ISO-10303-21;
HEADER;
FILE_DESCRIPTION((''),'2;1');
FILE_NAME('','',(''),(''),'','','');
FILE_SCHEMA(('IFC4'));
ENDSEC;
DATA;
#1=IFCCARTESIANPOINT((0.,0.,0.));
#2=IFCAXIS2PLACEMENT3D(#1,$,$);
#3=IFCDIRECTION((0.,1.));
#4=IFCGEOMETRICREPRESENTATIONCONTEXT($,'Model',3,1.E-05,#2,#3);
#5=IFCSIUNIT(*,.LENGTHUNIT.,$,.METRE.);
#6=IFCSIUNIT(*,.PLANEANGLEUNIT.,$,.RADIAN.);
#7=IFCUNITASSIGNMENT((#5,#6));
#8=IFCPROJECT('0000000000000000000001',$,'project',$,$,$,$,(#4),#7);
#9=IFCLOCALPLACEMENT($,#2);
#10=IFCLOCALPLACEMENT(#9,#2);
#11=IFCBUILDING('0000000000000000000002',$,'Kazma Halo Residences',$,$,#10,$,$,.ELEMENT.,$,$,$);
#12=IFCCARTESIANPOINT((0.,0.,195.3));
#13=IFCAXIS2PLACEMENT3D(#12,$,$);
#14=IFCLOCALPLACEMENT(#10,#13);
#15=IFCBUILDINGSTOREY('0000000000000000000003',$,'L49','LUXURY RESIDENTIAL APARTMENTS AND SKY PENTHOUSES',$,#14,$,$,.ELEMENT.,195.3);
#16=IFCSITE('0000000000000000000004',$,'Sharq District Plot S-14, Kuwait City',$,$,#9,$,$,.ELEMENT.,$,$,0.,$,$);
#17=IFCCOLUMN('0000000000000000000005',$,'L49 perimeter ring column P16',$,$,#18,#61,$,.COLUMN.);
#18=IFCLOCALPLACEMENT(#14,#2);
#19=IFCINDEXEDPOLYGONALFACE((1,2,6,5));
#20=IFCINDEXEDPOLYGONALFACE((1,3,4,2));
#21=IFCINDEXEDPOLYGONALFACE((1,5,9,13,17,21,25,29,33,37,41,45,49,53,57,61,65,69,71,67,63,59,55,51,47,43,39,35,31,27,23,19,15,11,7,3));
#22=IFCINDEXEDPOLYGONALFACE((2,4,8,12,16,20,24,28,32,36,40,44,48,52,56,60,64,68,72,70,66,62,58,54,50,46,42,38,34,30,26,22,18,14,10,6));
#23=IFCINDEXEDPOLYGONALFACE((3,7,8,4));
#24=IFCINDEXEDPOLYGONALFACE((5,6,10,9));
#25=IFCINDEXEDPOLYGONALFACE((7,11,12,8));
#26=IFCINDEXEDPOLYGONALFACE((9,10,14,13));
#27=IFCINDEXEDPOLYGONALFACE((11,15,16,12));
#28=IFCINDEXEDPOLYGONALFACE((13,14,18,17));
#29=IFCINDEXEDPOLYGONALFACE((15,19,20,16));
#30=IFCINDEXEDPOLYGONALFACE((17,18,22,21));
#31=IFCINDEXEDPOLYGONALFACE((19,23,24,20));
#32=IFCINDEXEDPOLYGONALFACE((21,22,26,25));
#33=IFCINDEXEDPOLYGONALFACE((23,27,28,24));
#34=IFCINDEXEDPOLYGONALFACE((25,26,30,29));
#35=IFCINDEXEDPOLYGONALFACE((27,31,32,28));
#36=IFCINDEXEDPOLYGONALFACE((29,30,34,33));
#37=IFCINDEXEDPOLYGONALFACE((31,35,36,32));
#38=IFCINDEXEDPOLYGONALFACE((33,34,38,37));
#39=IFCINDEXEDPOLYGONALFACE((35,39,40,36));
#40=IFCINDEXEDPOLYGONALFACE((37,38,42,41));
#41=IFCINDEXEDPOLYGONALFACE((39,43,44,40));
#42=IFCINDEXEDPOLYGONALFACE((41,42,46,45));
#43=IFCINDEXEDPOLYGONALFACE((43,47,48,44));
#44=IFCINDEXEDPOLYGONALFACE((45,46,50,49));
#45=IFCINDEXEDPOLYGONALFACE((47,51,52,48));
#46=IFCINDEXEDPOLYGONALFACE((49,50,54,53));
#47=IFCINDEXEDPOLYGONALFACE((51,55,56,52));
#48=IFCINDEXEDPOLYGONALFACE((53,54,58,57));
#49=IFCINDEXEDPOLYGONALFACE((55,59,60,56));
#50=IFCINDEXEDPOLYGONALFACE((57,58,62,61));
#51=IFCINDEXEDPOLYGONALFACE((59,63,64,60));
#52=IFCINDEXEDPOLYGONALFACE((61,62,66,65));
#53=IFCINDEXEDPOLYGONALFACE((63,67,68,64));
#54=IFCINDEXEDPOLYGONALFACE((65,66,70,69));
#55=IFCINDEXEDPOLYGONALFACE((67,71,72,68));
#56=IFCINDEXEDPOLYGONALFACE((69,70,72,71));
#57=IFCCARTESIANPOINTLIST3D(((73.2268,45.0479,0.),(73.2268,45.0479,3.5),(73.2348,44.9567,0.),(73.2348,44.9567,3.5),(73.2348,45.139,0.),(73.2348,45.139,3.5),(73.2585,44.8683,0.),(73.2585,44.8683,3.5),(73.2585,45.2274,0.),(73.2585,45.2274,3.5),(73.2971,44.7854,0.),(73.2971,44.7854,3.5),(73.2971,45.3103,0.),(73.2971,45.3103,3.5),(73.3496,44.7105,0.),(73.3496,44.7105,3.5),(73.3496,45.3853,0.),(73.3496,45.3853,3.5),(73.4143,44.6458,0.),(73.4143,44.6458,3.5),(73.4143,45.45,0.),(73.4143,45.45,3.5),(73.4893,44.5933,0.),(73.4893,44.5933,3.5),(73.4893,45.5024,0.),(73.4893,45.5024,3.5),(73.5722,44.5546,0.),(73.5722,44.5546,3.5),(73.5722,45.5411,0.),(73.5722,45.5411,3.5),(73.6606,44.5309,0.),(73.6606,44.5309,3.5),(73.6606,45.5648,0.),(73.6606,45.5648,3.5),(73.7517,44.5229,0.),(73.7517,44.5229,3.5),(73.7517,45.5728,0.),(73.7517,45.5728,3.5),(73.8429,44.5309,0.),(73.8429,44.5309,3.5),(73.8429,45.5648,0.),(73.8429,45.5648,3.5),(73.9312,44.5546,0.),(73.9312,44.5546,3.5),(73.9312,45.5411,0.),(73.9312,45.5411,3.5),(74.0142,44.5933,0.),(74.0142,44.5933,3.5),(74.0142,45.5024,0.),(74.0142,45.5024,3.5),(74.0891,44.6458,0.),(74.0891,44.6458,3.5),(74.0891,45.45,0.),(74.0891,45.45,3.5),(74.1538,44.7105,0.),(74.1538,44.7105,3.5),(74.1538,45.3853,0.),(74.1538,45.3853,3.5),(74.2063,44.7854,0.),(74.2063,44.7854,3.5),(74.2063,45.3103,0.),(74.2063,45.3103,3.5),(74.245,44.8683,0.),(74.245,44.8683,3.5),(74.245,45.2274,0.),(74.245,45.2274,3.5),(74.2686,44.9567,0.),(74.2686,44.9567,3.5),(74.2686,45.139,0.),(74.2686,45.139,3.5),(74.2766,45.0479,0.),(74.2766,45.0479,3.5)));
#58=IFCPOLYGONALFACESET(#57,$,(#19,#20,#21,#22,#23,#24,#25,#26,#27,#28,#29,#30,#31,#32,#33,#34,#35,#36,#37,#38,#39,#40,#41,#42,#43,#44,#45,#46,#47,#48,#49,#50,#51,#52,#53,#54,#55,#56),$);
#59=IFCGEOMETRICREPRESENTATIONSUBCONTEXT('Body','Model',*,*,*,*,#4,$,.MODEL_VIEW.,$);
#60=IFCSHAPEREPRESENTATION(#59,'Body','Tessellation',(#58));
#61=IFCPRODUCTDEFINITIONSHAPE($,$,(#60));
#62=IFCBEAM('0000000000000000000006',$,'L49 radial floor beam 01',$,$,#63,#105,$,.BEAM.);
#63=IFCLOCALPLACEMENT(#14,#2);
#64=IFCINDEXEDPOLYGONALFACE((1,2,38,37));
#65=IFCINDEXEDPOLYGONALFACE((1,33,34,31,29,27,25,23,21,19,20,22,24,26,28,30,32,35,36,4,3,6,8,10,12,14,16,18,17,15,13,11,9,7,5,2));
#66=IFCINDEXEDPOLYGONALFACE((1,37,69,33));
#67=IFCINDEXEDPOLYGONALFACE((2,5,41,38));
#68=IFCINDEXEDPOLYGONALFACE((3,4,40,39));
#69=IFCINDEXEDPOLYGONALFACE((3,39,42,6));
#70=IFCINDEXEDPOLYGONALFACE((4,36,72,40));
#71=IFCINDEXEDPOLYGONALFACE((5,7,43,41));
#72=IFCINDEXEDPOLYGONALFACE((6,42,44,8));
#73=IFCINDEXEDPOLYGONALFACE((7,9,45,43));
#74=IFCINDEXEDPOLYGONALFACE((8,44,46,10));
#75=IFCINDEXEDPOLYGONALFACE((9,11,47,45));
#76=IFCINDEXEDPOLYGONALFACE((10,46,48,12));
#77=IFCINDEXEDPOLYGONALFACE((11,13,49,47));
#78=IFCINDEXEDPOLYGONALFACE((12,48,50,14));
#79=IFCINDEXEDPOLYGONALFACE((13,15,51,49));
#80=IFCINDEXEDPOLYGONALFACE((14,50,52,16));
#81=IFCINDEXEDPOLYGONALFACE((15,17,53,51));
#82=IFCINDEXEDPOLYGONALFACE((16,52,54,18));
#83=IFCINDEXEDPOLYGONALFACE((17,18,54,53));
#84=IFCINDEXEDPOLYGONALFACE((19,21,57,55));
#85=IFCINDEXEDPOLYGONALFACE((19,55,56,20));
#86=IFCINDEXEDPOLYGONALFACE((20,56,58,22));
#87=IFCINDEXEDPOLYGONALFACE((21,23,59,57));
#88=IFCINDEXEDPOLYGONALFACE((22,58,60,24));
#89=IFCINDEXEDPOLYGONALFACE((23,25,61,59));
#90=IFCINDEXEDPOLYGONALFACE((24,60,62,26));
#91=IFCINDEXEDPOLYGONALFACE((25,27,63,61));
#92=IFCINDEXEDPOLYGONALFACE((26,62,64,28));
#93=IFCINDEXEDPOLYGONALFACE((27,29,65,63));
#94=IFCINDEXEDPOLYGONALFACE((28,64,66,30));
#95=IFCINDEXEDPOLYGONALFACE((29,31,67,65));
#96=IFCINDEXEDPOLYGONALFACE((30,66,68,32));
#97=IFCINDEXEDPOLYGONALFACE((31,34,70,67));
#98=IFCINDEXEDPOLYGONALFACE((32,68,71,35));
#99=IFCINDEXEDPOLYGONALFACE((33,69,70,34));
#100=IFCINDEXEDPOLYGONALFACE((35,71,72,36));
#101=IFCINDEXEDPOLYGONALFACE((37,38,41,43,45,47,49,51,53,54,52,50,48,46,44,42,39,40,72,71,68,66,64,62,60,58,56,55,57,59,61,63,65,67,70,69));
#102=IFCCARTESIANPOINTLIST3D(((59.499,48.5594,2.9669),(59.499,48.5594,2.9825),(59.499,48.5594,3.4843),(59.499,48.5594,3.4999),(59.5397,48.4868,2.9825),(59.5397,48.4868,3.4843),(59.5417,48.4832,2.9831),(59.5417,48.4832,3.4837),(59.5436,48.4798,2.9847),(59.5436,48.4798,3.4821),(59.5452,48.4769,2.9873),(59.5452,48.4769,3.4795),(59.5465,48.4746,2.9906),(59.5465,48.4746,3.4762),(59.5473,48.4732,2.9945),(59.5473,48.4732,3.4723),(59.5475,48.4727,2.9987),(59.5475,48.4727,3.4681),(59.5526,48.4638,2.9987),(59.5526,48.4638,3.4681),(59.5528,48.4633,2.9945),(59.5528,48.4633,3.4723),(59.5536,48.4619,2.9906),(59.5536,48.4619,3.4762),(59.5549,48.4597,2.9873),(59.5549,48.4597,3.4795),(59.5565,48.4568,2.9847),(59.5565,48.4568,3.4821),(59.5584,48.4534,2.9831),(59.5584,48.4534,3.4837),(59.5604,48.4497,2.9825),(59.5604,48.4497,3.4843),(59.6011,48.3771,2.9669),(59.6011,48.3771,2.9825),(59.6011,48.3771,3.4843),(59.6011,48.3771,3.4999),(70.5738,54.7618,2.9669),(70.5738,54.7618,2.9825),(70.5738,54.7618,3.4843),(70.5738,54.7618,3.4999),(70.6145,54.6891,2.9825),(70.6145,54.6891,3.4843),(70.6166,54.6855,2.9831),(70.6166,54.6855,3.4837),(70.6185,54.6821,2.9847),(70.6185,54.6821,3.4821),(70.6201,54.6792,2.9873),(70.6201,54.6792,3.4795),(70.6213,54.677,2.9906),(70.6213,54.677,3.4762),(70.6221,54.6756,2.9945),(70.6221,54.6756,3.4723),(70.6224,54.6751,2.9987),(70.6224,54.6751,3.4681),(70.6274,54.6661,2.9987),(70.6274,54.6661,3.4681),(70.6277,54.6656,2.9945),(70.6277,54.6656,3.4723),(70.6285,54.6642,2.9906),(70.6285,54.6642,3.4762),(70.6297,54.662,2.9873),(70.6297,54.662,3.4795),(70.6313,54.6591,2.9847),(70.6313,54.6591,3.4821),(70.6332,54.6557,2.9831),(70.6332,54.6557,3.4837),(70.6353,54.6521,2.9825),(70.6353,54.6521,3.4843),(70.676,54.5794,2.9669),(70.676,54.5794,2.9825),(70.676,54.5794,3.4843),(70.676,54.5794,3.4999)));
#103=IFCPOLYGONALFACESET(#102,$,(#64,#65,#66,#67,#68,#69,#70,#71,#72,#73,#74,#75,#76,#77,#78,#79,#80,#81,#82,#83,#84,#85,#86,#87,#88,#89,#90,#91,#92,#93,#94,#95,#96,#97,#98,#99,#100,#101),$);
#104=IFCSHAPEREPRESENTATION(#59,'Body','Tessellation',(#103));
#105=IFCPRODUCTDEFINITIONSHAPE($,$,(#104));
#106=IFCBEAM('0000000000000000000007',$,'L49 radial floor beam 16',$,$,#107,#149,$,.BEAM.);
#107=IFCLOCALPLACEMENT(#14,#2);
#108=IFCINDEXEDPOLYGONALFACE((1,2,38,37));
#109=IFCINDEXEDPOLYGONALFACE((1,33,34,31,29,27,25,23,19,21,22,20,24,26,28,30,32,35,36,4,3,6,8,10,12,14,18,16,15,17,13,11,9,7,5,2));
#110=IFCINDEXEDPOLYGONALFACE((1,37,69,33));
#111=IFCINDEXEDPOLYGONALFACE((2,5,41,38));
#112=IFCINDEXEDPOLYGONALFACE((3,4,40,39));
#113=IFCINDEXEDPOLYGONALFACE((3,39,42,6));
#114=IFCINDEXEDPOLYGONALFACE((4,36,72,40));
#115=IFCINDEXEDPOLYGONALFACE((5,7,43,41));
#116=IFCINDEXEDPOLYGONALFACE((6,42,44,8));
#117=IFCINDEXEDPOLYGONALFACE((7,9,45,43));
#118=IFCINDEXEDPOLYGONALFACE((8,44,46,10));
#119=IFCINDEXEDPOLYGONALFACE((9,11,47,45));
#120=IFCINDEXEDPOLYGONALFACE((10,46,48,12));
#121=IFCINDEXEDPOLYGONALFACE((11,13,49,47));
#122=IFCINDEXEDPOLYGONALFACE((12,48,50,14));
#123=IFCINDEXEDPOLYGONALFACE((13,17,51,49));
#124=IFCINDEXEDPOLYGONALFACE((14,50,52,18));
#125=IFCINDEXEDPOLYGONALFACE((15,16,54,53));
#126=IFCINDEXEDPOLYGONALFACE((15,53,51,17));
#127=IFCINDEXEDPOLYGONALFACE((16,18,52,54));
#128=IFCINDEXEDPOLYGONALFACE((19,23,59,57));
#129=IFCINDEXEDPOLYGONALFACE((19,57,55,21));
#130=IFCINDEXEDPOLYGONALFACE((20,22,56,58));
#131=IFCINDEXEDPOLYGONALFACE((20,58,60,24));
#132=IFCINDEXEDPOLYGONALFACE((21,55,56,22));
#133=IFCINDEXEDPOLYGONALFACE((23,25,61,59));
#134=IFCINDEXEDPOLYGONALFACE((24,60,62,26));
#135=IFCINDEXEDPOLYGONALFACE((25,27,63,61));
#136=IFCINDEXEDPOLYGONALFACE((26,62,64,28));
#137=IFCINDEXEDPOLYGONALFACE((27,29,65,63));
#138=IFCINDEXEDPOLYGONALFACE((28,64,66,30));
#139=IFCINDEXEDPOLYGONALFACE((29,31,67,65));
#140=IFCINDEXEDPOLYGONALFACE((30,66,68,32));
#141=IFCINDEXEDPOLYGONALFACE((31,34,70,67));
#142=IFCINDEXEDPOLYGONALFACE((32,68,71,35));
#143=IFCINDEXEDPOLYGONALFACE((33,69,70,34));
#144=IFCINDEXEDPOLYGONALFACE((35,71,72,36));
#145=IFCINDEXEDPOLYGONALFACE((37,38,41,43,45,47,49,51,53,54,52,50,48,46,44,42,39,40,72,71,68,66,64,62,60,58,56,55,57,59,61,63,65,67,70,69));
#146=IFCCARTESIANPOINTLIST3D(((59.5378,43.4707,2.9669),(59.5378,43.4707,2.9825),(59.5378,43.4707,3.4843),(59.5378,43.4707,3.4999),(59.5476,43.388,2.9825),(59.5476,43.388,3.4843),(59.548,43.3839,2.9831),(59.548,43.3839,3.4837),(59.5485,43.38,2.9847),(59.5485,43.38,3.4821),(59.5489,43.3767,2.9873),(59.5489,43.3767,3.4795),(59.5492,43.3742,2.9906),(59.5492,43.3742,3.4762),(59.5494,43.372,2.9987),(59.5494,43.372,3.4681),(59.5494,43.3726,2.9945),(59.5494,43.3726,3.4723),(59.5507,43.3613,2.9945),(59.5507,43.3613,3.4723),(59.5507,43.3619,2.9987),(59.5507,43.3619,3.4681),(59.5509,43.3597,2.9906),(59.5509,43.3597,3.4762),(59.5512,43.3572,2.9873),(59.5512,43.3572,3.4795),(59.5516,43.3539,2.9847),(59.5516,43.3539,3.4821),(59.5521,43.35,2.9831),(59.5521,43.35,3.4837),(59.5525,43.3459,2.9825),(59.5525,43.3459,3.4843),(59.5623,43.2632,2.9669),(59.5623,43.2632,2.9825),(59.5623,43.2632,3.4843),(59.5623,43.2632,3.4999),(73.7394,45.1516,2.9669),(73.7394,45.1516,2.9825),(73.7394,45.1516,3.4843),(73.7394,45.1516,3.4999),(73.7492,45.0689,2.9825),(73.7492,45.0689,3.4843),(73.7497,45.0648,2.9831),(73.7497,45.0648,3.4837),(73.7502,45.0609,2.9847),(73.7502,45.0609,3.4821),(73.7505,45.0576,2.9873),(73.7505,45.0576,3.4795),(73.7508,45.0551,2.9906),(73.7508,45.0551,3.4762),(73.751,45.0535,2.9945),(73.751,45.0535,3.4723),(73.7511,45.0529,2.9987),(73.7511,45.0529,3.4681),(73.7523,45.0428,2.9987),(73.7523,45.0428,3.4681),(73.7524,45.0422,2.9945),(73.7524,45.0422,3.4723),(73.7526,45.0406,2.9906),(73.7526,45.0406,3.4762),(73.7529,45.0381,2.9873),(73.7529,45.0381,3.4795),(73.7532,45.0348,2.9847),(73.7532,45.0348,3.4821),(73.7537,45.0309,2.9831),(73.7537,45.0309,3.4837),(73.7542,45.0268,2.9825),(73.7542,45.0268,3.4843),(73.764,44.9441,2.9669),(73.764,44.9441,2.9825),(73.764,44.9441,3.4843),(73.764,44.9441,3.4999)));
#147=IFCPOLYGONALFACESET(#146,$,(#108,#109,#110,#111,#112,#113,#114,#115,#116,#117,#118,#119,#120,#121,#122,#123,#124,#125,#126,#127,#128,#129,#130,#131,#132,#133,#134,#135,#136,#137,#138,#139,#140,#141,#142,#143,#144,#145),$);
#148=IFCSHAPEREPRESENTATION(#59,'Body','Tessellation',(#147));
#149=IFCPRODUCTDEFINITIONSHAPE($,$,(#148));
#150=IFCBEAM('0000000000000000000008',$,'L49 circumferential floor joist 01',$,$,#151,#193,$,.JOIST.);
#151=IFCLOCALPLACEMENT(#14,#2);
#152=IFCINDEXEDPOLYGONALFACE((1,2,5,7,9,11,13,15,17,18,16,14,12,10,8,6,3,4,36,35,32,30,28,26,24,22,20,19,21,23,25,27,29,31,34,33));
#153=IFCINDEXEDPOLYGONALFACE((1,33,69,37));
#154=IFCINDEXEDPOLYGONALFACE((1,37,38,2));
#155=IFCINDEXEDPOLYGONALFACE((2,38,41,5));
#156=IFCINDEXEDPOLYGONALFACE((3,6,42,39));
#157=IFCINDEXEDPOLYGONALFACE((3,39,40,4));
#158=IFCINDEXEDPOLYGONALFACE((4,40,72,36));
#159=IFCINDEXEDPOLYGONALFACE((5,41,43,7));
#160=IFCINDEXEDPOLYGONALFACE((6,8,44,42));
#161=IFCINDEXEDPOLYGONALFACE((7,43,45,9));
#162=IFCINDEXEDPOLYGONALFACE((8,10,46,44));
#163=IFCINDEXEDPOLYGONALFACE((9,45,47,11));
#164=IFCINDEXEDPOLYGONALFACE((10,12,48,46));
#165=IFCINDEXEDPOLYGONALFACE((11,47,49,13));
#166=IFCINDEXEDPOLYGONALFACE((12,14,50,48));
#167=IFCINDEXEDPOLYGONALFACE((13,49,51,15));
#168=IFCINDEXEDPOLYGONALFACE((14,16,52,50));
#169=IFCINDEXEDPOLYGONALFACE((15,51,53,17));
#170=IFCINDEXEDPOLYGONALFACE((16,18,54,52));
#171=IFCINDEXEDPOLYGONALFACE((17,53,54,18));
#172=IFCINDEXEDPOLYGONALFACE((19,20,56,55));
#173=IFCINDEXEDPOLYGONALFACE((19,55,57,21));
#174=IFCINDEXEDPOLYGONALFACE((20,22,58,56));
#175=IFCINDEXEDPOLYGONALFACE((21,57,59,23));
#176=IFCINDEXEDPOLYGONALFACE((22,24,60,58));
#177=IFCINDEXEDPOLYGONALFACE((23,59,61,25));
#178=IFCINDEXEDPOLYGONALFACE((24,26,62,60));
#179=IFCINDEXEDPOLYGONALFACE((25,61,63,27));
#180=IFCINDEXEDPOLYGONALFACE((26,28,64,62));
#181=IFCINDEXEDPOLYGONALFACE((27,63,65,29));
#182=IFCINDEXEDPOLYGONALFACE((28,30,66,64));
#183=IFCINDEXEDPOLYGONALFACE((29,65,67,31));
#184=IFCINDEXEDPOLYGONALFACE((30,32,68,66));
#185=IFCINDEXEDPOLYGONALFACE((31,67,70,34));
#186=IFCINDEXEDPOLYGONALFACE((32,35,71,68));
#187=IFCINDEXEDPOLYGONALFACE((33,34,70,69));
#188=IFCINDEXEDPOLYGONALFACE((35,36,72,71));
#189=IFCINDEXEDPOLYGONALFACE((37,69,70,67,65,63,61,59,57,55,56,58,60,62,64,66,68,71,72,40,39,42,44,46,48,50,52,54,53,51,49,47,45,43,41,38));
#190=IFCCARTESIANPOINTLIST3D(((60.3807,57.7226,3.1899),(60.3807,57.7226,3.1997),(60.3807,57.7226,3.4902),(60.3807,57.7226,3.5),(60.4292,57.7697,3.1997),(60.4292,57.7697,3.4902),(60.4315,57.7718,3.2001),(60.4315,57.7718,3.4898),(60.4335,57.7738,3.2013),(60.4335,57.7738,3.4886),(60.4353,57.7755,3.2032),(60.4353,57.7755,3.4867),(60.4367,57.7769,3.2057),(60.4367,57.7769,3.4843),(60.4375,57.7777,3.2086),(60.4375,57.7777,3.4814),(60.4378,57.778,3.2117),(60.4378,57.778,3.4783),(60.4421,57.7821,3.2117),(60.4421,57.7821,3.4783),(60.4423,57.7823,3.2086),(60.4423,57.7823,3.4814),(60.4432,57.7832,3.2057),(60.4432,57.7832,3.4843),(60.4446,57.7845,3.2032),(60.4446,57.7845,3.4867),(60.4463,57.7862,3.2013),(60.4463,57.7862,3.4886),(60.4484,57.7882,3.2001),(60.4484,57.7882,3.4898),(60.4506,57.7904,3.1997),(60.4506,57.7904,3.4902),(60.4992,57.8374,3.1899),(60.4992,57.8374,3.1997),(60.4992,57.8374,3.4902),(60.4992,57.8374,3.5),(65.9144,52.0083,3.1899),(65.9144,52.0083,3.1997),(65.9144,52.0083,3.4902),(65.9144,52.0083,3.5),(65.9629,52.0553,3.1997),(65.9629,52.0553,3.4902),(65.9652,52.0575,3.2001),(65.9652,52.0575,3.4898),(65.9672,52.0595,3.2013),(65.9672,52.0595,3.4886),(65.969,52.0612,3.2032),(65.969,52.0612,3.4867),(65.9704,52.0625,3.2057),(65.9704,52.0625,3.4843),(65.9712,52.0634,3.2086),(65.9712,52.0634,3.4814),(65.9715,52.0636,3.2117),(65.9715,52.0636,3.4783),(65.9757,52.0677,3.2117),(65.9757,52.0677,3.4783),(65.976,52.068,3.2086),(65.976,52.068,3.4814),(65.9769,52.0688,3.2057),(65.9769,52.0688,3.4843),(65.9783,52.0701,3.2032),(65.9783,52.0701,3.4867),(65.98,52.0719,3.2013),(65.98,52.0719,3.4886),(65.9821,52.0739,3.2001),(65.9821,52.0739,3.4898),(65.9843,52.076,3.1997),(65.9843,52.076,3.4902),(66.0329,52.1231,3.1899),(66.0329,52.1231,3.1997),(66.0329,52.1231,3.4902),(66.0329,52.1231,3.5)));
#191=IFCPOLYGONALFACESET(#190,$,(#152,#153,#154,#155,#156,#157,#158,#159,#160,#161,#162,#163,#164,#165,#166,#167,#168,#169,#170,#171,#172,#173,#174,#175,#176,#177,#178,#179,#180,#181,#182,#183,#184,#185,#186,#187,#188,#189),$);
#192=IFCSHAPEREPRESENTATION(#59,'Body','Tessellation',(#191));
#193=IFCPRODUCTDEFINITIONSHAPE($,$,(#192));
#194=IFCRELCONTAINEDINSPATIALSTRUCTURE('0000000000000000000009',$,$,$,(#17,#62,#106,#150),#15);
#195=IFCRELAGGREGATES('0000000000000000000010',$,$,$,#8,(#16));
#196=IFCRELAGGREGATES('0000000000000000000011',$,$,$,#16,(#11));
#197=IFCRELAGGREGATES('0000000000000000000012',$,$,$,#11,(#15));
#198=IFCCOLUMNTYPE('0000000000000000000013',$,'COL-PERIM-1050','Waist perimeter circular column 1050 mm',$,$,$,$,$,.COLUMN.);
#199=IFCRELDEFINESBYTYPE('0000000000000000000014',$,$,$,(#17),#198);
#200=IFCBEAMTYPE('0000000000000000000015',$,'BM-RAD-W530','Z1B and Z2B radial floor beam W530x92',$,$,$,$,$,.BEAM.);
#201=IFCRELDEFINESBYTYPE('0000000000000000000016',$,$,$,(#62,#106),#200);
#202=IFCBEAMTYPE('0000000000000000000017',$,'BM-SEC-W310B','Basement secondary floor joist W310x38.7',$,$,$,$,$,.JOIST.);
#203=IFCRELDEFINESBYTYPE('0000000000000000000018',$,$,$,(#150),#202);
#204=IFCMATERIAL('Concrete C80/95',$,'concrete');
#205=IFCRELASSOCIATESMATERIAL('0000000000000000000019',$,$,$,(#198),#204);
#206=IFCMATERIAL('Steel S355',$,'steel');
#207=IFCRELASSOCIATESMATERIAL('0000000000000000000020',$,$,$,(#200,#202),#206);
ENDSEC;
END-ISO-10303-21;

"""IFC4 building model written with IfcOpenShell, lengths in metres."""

from ifc_helpers import new_model, si_unit, direction, frame, origin, origin_2d, place, context, subcontext, project, spatial, circle, i_section, extrude, material, material_profile, profile_set, type_object, element, save


model = new_model("IFC4")

# Units and contexts
model_context = context("Model", 3, precision=1e-05, world=origin(), true_north=direction((0.0, 1.0)))
body_context = subcontext(model_context, "Body", "Model", "MODEL_VIEW")
ifc_project = project(units=[si_unit("LENGTHUNIT", "METRE"), si_unit("PLANEANGLEUNIT", "RADIAN")], contexts=[model_context])

# Site, building, storey
site_placement = place(None, origin())
site = spatial("IfcSite", under=ifc_project, at=site_placement, Name="Sharq District Plot S-14, Kuwait City", CompositionType="ELEMENT", RefElevation=0.0)
building_placement = place(site_placement, origin())
building = spatial("IfcBuilding", under=site, at=building_placement, Name="Kazma Halo Residences", CompositionType="ELEMENT")
storey_placement = place(building_placement, frame((0.0, 0.0, 195.3)))
storey = spatial("IfcBuildingStorey", under=building, at=storey_placement, Name="L49", Description="LUXURY RESIDENTIAL APARTMENTS AND SKY PENTHOUSES", CompositionType="ELEMENT", Elevation=195.3)

# Column
ifc_material_1 = material(Name="Concrete C80/95", Category="concrete")
ifc_material_profile_1 = material_profile(ifc_material_1, circle(Radius=0.5249, at=origin_2d()), Name="CIRC1050")
ifc_profile_set_1 = profile_set([ifc_material_profile_1], Name="Concrete C80/95")
column_type = type_object("IfcColumnType", Name="COL-PERIM-1050", Description="Waist perimeter circular column 1050 mm", PredefinedType="COLUMN", material=ifc_profile_set_1)
column_placement = place(storey_placement, frame((73.7517, 45.0479, 0.0), z_axis=(0.0, 0.0, 1.0), x_axis=(1.0, 0.0, 0.0)))
element("IfcColumn", 1, at=column_placement, inside=storey, type_object=column_type, Name="L49 perimeter ring column P16", PredefinedType="COLUMN", context=body_context, shape_type="SweptSolid", body=[
    extrude(circle(Radius=0.5249, at=origin_2d()), origin(), (0.0, 0.0, 1.0), 3.5),
])

# Beams
ifc_material_2 = material(Name="Steel S355", Category="steel")
ifc_material_profile_2 = material_profile(ifc_material_2, i_section(OverallWidth=0.209, OverallDepth=0.533, WebThickness=0.0103, FlangeThickness=0.0156, FilletRadius=0.0161, at=origin_2d()), Name="W530x92")
ifc_profile_set_2 = profile_set([ifc_material_profile_2], Name="Steel S355")
beam_type_1 = type_object("IfcBeamType", Name="BM-RAD-W530", Description="Z1B and Z2B radial floor beam W530x92", PredefinedType="BEAM", material=ifc_profile_set_2)
beam_1_placement = place(storey_placement, frame((59.55, 48.4683, 3.2334), z_axis=(0.872492, 0.488629, 0.0), x_axis=(-0.488629, 0.872492, 0.0)))
element("IfcBeam", 2, at=beam_1_placement, inside=storey, type_object=beam_type_1, Name="L49 radial floor beam 01", PredefinedType="BEAM", context=body_context, shape_type="SweptSolid", body=[
    extrude(i_section(OverallWidth=0.209, OverallDepth=0.533, WebThickness=0.0103, FlangeThickness=0.0156, FilletRadius=0.0161, at=origin_2d()), origin(), (0.0, 0.0, 1.0), 12.6934),
])
beam_2_placement = place(storey_placement, frame((59.55, 43.3669, 3.2334), z_axis=(0.993068, 0.11754, 0.0), x_axis=(-0.11754, 0.993068, 0.0)))
element("IfcBeam", 3, at=beam_2_placement, inside=storey, type_object=beam_type_1, Name="L49 radial floor beam 16", PredefinedType="BEAM", context=body_context, shape_type="SweptSolid", body=[
    extrude(i_section(OverallWidth=0.209, OverallDepth=0.533, WebThickness=0.0103, FlangeThickness=0.0156, FilletRadius=0.0161, at=origin_2d()), origin(), (0.0, 0.0, 1.0), 14.3008),
])
ifc_material_profile_3 = material_profile(ifc_material_2, i_section(OverallWidth=0.165, OverallDepth=0.3101, WebThickness=0.0059, FlangeThickness=0.0098, FilletRadius=0.012, at=origin_2d()), Name="W310x38.7")
ifc_profile_set_3 = profile_set([ifc_material_profile_3], Name="Steel S355")
beam_type_2 = type_object("IfcBeamType", Name="BM-SEC-W310B", Description="Basement secondary floor joist W310x38.7", PredefinedType="JOIST", material=ifc_profile_set_3)
beam_3_placement = place(storey_placement, frame((65.9736, 52.0657, 3.345), z_axis=(-0.69566, 0.718372, 0.0), x_axis=(-0.718372, -0.69566, 0.0)))
element("IfcBeam", 4, at=beam_3_placement, inside=storey, type_object=beam_type_2, Name="L49 circumferential floor joist 01", PredefinedType="JOIST", context=body_context, shape_type="SweptSolid", body=[
    extrude(i_section(OverallWidth=0.165, OverallDepth=0.3101, WebThickness=0.0059, FlangeThickness=0.0098, FilletRadius=0.012, at=origin_2d()), origin(), (0.0, 0.0, 1.0), 7.9546),
])

save(model, "model.ifc")
